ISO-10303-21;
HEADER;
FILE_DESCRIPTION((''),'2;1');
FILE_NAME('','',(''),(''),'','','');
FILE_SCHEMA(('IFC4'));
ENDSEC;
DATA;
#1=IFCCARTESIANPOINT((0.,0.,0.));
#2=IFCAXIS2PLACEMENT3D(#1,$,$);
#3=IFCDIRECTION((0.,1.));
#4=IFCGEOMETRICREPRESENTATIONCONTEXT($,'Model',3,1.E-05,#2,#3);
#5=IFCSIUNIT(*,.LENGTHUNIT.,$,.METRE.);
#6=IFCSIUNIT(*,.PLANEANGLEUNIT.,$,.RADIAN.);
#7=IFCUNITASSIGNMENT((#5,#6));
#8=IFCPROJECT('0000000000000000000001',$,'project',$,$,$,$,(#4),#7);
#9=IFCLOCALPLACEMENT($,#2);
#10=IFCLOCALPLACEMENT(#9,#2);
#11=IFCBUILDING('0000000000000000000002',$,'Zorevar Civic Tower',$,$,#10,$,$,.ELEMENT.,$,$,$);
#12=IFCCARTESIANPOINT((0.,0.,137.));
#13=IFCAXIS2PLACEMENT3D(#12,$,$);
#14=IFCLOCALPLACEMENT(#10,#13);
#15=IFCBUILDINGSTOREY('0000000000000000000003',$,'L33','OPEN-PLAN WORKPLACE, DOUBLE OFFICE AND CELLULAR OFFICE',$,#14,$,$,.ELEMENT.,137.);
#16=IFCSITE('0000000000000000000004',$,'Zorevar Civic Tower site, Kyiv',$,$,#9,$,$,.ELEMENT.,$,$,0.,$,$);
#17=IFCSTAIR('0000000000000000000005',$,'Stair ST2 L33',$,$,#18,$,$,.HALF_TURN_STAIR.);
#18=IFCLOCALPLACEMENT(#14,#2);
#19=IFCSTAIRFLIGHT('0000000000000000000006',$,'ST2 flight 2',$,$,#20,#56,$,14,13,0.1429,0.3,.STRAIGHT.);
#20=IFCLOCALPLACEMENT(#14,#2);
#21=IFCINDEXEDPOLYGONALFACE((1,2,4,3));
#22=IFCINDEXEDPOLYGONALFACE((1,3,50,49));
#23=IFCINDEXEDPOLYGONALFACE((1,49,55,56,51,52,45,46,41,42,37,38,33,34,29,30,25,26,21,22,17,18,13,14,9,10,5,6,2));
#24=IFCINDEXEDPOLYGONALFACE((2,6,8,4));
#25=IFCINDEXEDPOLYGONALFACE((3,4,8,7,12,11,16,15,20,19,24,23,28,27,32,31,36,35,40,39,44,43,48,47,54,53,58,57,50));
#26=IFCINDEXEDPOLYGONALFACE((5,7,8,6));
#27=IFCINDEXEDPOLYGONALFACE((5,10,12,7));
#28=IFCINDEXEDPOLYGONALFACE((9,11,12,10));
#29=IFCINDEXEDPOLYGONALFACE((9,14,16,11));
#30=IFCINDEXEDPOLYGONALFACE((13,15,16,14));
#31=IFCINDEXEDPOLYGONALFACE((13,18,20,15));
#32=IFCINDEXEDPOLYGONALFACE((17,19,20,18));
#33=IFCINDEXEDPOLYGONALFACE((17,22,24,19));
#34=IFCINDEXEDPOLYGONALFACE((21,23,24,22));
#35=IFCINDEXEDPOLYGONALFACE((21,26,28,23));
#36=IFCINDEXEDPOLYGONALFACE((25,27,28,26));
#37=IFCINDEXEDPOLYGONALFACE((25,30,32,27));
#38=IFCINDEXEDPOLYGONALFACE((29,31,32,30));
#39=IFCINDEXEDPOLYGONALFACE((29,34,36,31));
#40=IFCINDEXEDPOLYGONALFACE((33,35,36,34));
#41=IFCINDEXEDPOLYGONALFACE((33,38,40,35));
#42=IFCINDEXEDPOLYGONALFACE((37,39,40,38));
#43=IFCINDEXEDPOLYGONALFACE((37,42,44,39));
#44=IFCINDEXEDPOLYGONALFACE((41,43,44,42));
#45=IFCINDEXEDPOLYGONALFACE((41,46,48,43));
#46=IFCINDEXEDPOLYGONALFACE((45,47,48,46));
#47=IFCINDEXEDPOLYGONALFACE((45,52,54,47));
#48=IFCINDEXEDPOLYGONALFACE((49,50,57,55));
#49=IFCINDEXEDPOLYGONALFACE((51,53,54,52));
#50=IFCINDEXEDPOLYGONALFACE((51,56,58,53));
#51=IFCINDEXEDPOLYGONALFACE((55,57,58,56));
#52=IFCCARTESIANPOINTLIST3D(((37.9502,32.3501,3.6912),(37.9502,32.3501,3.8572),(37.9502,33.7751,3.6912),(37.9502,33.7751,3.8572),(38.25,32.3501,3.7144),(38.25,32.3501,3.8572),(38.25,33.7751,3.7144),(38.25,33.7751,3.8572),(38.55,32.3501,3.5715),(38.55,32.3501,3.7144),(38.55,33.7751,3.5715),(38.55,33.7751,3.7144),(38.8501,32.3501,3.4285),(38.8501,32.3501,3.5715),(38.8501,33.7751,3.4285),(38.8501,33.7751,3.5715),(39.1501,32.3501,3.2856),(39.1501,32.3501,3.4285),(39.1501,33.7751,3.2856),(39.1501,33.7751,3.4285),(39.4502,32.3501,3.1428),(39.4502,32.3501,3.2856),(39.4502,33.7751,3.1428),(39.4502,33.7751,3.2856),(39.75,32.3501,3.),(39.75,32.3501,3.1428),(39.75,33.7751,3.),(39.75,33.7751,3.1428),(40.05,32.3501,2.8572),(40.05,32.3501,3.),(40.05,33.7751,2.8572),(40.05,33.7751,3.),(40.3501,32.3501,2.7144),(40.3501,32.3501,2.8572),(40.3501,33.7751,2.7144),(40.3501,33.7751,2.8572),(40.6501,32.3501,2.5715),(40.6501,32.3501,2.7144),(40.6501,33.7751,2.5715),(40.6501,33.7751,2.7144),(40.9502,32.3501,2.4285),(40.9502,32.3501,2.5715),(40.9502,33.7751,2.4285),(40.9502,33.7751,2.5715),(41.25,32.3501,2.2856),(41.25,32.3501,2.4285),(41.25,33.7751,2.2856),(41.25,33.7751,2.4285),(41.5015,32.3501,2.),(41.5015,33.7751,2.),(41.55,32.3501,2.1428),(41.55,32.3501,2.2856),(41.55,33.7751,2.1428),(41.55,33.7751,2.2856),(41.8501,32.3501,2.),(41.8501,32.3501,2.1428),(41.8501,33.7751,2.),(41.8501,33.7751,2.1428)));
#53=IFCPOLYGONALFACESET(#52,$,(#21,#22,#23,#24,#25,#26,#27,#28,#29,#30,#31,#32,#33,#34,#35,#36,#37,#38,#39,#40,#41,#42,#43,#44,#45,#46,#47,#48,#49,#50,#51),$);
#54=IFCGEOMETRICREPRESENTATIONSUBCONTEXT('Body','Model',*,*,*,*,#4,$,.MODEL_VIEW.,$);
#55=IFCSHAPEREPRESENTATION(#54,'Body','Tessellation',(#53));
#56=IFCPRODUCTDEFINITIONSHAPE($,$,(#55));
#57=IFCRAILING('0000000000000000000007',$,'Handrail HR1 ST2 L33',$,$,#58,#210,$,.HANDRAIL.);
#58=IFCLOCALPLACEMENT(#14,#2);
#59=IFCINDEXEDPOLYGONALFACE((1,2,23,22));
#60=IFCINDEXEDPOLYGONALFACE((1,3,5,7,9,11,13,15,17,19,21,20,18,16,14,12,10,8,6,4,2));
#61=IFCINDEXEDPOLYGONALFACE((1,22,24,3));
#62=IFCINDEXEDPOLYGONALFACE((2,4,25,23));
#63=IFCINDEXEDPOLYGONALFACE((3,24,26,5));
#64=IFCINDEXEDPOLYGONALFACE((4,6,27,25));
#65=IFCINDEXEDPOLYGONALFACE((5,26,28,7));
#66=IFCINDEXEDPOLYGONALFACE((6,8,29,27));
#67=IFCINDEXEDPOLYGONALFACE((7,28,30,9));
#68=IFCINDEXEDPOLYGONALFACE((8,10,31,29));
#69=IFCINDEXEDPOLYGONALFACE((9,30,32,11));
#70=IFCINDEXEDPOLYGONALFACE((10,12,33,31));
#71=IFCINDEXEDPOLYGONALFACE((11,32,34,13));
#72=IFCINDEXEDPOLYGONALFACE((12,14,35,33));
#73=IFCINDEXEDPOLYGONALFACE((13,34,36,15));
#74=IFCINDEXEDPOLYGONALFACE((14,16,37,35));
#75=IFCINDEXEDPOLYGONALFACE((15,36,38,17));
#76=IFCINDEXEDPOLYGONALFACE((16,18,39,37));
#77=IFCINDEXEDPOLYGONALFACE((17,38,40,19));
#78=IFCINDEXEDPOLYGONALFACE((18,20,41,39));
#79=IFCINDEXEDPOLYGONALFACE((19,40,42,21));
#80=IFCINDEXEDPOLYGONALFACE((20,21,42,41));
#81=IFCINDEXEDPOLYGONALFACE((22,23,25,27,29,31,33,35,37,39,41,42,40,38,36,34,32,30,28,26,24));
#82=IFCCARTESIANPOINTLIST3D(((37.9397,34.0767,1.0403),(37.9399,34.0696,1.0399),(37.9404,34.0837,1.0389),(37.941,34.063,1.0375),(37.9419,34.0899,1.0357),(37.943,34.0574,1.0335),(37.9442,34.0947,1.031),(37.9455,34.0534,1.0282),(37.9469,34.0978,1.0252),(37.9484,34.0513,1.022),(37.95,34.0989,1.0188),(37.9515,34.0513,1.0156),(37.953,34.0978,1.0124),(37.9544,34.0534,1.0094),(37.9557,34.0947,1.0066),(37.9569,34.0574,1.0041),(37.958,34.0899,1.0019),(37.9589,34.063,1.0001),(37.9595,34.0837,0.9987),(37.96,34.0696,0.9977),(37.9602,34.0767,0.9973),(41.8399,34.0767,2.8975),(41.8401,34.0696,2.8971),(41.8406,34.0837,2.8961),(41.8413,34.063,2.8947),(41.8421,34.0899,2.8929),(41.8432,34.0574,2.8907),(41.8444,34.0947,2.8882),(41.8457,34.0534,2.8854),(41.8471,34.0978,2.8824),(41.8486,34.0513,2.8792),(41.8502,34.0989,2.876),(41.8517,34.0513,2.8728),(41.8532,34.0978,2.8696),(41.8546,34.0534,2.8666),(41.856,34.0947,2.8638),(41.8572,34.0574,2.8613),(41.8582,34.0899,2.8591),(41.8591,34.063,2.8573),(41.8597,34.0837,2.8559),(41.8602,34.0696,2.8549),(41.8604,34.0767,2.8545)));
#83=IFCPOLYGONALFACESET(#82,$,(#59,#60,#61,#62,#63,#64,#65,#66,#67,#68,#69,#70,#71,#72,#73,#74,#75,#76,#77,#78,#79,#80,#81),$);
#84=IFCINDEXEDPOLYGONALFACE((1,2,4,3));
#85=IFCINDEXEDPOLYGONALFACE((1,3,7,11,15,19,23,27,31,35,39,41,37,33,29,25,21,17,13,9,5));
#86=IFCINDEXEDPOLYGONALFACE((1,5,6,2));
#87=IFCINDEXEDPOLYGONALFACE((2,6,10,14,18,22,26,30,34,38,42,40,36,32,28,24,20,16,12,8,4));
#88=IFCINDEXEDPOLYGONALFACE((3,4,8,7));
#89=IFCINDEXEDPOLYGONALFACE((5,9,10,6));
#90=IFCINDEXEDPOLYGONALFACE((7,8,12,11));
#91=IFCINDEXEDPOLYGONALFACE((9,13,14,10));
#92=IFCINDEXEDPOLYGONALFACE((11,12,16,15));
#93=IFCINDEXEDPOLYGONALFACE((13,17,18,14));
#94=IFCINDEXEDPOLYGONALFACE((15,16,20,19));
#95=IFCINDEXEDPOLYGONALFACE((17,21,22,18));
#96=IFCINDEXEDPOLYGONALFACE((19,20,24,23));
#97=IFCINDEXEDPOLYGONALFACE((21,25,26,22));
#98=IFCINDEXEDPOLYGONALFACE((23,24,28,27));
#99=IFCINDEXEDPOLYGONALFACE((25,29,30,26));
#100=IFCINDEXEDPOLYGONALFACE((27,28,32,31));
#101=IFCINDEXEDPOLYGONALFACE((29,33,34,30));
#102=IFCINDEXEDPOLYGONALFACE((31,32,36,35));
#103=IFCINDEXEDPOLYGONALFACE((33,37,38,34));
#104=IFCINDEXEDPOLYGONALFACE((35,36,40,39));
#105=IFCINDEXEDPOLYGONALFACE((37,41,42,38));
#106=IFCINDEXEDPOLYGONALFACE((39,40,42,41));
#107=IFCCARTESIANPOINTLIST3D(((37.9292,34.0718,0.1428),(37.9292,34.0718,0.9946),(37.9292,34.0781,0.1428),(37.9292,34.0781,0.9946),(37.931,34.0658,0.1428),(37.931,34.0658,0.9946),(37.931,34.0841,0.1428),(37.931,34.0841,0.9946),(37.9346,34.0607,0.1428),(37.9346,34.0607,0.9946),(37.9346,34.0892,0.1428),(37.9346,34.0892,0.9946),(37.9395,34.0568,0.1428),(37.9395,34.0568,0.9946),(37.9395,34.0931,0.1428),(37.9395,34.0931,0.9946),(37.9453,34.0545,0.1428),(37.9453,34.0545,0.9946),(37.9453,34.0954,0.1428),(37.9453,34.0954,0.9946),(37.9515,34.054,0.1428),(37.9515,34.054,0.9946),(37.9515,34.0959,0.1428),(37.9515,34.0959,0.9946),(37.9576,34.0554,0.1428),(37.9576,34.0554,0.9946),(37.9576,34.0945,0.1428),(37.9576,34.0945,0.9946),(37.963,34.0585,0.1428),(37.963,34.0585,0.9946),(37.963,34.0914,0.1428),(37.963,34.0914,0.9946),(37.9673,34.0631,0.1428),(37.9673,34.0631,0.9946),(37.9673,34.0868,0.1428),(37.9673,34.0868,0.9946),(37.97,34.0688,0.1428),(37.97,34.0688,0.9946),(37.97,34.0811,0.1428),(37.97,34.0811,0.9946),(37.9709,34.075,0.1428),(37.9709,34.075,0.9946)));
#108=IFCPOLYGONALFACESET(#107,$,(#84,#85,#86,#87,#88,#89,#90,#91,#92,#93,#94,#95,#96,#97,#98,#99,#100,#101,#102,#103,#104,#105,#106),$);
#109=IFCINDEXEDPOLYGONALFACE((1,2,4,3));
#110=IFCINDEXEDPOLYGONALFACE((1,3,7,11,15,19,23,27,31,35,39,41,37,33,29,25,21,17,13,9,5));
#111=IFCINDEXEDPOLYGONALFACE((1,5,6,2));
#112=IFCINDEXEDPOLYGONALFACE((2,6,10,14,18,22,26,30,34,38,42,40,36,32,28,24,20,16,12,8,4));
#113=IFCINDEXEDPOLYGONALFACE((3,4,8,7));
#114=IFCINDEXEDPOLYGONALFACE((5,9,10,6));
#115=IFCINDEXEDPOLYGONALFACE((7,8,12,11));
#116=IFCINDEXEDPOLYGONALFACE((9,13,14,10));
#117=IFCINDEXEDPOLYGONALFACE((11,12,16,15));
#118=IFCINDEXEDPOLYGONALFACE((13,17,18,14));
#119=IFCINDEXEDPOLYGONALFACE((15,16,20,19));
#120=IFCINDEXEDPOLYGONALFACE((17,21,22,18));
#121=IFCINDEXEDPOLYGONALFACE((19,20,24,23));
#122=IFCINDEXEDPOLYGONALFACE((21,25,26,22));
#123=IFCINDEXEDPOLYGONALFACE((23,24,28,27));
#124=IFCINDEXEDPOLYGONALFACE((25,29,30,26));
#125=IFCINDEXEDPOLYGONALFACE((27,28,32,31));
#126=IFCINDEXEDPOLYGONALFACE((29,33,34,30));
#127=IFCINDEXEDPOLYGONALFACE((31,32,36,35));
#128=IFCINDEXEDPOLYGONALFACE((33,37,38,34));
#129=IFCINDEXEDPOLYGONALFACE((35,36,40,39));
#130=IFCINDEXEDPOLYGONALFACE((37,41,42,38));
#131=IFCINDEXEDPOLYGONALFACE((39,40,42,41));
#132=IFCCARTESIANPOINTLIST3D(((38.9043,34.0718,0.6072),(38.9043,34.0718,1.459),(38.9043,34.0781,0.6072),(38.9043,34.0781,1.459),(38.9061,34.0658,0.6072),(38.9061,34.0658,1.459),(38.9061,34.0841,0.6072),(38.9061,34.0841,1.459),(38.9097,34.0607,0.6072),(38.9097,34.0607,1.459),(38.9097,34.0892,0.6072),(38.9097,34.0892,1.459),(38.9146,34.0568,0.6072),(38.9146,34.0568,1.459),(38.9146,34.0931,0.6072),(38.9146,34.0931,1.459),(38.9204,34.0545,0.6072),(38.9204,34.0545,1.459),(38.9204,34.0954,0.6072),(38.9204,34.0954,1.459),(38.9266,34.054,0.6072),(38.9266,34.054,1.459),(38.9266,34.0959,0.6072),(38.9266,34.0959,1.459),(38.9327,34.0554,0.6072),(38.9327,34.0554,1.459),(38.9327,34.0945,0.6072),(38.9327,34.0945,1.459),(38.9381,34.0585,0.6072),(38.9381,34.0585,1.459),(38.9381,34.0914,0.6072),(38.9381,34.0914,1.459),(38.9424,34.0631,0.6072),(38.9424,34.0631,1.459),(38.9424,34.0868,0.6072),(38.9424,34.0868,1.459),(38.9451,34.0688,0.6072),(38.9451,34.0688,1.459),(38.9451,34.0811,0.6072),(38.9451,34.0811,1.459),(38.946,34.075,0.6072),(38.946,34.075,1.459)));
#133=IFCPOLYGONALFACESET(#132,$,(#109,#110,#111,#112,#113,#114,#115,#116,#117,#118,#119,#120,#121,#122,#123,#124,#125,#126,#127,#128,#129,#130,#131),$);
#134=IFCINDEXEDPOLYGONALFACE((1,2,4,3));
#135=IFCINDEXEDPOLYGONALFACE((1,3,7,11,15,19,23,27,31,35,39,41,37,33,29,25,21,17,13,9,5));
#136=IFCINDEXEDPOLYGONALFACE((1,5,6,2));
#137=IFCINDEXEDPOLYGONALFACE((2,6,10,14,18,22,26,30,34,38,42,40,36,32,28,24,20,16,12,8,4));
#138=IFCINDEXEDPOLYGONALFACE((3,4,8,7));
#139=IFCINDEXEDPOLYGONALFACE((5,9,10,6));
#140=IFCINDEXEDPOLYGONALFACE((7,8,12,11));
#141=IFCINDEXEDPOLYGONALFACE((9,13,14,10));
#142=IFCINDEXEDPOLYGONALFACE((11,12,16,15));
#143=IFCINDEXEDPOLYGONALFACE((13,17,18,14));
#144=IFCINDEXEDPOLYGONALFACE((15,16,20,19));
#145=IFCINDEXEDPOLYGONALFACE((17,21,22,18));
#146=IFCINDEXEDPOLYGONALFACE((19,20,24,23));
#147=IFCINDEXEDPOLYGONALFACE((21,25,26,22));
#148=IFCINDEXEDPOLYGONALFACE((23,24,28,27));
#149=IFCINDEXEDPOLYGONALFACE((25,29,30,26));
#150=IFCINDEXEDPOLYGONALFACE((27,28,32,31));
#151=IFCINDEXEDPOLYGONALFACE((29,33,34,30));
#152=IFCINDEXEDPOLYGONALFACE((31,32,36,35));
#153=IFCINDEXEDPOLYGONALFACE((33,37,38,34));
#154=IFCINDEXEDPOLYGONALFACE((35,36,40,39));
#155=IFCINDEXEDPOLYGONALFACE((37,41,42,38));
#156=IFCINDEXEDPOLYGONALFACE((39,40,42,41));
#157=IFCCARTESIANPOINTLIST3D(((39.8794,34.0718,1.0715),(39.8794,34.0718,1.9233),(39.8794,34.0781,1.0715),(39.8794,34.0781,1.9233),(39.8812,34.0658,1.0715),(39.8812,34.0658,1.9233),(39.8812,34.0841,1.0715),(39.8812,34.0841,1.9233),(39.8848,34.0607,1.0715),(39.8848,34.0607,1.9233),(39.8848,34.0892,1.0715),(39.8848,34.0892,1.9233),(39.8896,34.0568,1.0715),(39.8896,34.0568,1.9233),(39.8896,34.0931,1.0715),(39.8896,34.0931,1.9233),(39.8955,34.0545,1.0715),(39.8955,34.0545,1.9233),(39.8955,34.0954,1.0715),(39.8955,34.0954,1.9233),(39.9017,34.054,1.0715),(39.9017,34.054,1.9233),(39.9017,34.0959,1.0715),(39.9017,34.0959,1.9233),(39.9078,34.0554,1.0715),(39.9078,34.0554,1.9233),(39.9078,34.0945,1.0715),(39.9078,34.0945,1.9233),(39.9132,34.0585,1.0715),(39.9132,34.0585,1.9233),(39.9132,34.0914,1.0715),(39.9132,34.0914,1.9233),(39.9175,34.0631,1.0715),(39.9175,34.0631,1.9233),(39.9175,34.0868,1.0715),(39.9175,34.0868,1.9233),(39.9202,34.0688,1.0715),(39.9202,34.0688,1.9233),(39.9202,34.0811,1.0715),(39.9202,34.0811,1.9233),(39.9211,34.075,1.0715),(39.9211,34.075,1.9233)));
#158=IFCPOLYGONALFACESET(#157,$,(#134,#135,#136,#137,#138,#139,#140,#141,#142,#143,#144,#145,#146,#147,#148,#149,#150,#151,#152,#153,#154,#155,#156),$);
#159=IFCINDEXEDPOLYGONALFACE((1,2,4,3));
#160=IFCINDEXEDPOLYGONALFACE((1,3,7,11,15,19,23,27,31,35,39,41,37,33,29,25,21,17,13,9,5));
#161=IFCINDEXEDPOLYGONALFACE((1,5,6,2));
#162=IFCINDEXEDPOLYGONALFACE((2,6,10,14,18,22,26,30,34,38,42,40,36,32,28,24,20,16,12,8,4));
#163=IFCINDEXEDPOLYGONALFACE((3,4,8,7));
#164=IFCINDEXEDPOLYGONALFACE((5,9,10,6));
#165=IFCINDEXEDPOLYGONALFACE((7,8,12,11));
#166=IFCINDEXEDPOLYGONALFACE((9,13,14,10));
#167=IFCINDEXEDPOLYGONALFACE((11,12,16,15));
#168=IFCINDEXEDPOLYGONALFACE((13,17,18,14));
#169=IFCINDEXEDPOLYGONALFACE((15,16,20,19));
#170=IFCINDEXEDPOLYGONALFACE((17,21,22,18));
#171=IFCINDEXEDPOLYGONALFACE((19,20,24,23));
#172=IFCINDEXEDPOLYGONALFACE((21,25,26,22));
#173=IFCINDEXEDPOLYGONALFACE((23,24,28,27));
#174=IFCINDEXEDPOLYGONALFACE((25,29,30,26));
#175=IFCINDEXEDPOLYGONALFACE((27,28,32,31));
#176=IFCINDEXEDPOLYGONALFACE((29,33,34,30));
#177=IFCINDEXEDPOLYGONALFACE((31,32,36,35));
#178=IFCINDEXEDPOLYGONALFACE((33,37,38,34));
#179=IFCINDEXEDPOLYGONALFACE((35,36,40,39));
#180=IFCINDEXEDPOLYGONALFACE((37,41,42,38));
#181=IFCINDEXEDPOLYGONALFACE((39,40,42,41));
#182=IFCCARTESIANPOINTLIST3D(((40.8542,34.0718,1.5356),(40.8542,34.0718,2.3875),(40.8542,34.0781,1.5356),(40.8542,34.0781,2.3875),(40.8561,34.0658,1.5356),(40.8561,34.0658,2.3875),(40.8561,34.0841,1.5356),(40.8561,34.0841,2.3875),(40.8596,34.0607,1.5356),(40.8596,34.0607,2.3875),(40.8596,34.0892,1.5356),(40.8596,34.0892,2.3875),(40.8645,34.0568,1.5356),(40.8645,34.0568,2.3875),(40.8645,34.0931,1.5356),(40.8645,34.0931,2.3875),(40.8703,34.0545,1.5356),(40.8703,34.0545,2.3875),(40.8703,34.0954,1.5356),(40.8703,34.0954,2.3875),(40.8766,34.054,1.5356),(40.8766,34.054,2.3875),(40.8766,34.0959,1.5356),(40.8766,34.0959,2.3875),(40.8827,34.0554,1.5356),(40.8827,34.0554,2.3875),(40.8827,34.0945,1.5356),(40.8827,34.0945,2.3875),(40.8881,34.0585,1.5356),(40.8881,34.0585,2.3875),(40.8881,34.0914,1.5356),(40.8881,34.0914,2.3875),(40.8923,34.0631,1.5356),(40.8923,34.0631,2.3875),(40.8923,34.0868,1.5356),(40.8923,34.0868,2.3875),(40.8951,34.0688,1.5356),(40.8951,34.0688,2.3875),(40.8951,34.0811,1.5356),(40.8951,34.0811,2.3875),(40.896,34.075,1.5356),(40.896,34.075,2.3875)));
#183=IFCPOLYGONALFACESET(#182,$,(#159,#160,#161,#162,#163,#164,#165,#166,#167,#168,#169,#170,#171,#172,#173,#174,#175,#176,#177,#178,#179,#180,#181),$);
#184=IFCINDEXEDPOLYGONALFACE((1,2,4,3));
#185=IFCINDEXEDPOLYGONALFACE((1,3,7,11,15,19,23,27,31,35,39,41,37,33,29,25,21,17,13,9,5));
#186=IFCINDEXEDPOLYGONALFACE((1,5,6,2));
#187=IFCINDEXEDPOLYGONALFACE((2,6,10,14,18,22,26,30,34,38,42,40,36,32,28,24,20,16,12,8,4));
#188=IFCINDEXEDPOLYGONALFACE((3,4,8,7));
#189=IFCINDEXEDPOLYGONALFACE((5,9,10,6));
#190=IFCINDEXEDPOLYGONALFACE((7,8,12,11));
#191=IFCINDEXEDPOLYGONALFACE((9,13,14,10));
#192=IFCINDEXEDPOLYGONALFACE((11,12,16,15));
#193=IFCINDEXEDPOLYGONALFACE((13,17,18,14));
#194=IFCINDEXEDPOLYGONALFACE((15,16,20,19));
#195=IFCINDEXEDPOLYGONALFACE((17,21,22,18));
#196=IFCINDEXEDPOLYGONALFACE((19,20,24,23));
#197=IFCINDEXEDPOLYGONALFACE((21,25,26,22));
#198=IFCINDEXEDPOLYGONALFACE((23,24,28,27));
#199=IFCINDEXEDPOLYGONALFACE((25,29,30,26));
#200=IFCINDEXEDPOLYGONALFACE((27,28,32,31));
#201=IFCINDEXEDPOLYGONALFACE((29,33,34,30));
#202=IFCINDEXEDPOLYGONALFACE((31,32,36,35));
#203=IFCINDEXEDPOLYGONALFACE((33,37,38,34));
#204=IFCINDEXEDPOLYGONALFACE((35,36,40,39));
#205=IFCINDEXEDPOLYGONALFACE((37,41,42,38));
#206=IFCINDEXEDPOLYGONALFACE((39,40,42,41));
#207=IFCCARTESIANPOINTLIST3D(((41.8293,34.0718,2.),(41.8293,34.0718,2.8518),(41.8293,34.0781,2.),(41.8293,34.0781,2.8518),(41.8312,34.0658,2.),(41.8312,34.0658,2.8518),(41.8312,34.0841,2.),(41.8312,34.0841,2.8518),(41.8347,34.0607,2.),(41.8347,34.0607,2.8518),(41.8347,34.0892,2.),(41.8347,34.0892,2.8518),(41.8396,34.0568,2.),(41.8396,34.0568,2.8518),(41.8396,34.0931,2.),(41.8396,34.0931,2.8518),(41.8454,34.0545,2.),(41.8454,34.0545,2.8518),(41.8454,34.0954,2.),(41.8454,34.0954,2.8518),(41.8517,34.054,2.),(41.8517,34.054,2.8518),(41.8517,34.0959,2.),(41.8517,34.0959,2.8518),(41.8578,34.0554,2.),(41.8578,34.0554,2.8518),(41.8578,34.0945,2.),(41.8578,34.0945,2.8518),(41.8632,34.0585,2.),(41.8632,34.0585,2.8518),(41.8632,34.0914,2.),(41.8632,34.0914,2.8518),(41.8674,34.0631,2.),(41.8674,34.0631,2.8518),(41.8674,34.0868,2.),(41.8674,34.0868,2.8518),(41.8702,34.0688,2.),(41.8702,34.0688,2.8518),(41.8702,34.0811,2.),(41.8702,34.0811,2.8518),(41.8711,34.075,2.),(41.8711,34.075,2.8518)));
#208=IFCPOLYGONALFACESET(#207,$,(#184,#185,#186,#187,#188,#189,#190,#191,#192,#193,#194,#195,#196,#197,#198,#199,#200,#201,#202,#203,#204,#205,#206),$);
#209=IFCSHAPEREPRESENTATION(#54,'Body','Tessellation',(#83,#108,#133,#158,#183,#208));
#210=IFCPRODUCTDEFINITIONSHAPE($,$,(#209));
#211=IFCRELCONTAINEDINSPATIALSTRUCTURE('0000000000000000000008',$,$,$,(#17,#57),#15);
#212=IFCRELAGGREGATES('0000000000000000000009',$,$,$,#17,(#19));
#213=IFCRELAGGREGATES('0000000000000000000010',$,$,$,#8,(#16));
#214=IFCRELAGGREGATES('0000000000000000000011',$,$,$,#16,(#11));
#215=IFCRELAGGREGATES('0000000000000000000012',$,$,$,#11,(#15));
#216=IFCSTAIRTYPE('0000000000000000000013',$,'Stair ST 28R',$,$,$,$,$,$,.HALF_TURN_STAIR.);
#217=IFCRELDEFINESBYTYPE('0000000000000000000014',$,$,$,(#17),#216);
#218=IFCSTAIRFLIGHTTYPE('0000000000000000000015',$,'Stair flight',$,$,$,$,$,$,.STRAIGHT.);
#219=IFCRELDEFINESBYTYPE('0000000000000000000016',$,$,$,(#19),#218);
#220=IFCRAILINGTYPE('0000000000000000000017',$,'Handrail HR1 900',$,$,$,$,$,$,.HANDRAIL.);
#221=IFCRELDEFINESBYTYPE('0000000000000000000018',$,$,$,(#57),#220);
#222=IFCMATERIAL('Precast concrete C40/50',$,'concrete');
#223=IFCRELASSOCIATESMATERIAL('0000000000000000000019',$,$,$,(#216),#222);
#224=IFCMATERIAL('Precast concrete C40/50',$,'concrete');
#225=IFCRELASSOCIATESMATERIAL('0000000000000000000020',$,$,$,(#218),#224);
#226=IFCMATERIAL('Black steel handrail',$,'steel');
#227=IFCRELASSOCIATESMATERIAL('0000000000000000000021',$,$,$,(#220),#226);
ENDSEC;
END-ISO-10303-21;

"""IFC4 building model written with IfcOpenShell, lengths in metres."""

from ifc_helpers import new_model, si_unit, direction, frame, origin, origin_2d, place, context, subcontext, project, spatial, polyline, circle, outline, extrude, material, type_object, element, aggregate, save


model = new_model("IFC4")

# Units and contexts
model_context = context("Model", 3, precision=1e-05, world=origin(), true_north=direction((0.0, 1.0)))
body_context = subcontext(model_context, "Body", "Model", "MODEL_VIEW")
ifc_project = project(units=[si_unit("LENGTHUNIT", "METRE"), si_unit("PLANEANGLEUNIT", "RADIAN")], contexts=[model_context])

# Site, building, storey
site_placement = place(None, origin())
site = spatial("IfcSite", under=ifc_project, at=site_placement, Name="Zorevar Civic Tower site, Kyiv", CompositionType="ELEMENT", RefElevation=0.0)
building_placement = place(site_placement, origin())
building = spatial("IfcBuilding", under=site, at=building_placement, Name="Zorevar Civic Tower", CompositionType="ELEMENT")
storey_placement = place(building_placement, frame((0.0, 0.0, 137.0)))
storey = spatial("IfcBuildingStorey", under=building, at=storey_placement, Name="L33", Description="OPEN-PLAN WORKPLACE, DOUBLE OFFICE AND CELLULAR OFFICE", CompositionType="ELEMENT", Elevation=137.0)

# Stair, stair flight
ifc_material_1 = material(Name="Precast concrete C40/50", Category="concrete")
stair_type = type_object("IfcStairType", Name="Stair ST 28R", PredefinedType="HALF_TURN_STAIR", material=ifc_material_1)
stair_placement = place(storey_placement, origin())
stair = element("IfcStair", 1, at=stair_placement, inside=storey, type_object=stair_type, Name="Stair ST2 L33", PredefinedType="HALF_TURN_STAIR")
ifc_material_2 = material(Name="Precast concrete C40/50", Category="concrete")
stair_flight_type = type_object("IfcStairFlightType", Name="Stair flight", PredefinedType="STRAIGHT", material=ifc_material_2)
stair_flight_1_placement = place(storey_placement, frame((41.8501, 33.0625, 2.0), z_axis=(0.0, 0.0, 1.0), x_axis=(-1.0, 0.0, 0.0)))
stair_flight_1 = element("IfcStairFlight", 2, at=stair_flight_1_placement, type_object=stair_flight_type, Name="ST2 flight 2", NumberOfRisers=14, NumberOfTreads=13, PredefinedType="STRAIGHT", RiserHeight=0.1429, TreadLength=0.3, context=body_context, shape_type="SweptSolid", body=[
    extrude(outline(polyline([(0.0, 0.0), (0.0, 0.1428), (0.3, 0.1428), (0.3, 0.2856), (0.6001, 0.2856), (0.6001, 0.4285), (0.8999, 0.4285), (0.8999, 0.5715), (1.2, 0.5715), (1.2, 0.7144), (1.5, 0.7144), (1.5, 0.8572), (1.8, 0.8572), (1.8, 1.0), (2.1001, 1.0), (2.1001, 1.1428), (2.3999, 1.1428), (2.3999, 1.2856), (2.7, 1.2856), (2.7, 1.4285), (3.0, 1.4285), (3.0, 1.5715), (3.3, 1.5715), (3.3, 1.7144), (3.6001, 1.7144), (3.6001, 1.8572), (3.8999, 1.8572), (3.8999, 2.0), (3.8999, 1.6912), (0.3486, 0.0), (0.0, 0.0)])), frame((0.0, 0.7124, 0.0), z_axis=(0.0, -1.0, 0.0), x_axis=(1.0, 0.0, 0.0)), (0.0, 0.0, 1.0), 1.425),
])
aggregate(stair, [stair_flight_1])

# Railing
ifc_material_3 = material(Name="Black steel handrail", Category="steel")
railing_type = type_object("IfcRailingType", Name="Handrail HR1 900", PredefinedType="HANDRAIL", material=ifc_material_3)
railing_1_placement = place(storey_placement, frame((37.95, 34.075, 0.1428)))
element("IfcRailing", 3, at=railing_1_placement, inside=storey, type_object=railing_type, Name="Handrail HR1 ST2 L33", PredefinedType="HANDRAIL", context=body_context, shape_type="SweptSolid", body=[
    extrude(circle(Radius=0.0239, at=origin_2d()), frame((0.0, 0.0, 0.876), z_axis=(0.902864, 0.0, 0.429927), x_axis=(0.0, 1.0, 0.0)), (0.0, 0.0, 1.0), 4.3198),
    extrude(circle(Radius=0.021, at=origin_2d()), origin(), (0.0, 0.0, 1.0), 0.8518),
    extrude(circle(Radius=0.021, at=origin_2d()), frame((0.9751, 0.0, 0.4644)), (0.0, 0.0, 1.0), 0.8518),
    extrude(circle(Radius=0.021, at=origin_2d()), frame((1.9502, 0.0, 0.9287)), (0.0, 0.0, 1.0), 0.8518),
    extrude(circle(Radius=0.021, at=origin_2d()), frame((2.925, 0.0, 1.3928)), (0.0, 0.0, 1.0), 0.8518),
    extrude(circle(Radius=0.021, at=origin_2d()), frame((3.9001, 0.0, 1.8572)), (0.0, 0.0, 1.0), 0.8518),
])

save(model, "model.ifc")
